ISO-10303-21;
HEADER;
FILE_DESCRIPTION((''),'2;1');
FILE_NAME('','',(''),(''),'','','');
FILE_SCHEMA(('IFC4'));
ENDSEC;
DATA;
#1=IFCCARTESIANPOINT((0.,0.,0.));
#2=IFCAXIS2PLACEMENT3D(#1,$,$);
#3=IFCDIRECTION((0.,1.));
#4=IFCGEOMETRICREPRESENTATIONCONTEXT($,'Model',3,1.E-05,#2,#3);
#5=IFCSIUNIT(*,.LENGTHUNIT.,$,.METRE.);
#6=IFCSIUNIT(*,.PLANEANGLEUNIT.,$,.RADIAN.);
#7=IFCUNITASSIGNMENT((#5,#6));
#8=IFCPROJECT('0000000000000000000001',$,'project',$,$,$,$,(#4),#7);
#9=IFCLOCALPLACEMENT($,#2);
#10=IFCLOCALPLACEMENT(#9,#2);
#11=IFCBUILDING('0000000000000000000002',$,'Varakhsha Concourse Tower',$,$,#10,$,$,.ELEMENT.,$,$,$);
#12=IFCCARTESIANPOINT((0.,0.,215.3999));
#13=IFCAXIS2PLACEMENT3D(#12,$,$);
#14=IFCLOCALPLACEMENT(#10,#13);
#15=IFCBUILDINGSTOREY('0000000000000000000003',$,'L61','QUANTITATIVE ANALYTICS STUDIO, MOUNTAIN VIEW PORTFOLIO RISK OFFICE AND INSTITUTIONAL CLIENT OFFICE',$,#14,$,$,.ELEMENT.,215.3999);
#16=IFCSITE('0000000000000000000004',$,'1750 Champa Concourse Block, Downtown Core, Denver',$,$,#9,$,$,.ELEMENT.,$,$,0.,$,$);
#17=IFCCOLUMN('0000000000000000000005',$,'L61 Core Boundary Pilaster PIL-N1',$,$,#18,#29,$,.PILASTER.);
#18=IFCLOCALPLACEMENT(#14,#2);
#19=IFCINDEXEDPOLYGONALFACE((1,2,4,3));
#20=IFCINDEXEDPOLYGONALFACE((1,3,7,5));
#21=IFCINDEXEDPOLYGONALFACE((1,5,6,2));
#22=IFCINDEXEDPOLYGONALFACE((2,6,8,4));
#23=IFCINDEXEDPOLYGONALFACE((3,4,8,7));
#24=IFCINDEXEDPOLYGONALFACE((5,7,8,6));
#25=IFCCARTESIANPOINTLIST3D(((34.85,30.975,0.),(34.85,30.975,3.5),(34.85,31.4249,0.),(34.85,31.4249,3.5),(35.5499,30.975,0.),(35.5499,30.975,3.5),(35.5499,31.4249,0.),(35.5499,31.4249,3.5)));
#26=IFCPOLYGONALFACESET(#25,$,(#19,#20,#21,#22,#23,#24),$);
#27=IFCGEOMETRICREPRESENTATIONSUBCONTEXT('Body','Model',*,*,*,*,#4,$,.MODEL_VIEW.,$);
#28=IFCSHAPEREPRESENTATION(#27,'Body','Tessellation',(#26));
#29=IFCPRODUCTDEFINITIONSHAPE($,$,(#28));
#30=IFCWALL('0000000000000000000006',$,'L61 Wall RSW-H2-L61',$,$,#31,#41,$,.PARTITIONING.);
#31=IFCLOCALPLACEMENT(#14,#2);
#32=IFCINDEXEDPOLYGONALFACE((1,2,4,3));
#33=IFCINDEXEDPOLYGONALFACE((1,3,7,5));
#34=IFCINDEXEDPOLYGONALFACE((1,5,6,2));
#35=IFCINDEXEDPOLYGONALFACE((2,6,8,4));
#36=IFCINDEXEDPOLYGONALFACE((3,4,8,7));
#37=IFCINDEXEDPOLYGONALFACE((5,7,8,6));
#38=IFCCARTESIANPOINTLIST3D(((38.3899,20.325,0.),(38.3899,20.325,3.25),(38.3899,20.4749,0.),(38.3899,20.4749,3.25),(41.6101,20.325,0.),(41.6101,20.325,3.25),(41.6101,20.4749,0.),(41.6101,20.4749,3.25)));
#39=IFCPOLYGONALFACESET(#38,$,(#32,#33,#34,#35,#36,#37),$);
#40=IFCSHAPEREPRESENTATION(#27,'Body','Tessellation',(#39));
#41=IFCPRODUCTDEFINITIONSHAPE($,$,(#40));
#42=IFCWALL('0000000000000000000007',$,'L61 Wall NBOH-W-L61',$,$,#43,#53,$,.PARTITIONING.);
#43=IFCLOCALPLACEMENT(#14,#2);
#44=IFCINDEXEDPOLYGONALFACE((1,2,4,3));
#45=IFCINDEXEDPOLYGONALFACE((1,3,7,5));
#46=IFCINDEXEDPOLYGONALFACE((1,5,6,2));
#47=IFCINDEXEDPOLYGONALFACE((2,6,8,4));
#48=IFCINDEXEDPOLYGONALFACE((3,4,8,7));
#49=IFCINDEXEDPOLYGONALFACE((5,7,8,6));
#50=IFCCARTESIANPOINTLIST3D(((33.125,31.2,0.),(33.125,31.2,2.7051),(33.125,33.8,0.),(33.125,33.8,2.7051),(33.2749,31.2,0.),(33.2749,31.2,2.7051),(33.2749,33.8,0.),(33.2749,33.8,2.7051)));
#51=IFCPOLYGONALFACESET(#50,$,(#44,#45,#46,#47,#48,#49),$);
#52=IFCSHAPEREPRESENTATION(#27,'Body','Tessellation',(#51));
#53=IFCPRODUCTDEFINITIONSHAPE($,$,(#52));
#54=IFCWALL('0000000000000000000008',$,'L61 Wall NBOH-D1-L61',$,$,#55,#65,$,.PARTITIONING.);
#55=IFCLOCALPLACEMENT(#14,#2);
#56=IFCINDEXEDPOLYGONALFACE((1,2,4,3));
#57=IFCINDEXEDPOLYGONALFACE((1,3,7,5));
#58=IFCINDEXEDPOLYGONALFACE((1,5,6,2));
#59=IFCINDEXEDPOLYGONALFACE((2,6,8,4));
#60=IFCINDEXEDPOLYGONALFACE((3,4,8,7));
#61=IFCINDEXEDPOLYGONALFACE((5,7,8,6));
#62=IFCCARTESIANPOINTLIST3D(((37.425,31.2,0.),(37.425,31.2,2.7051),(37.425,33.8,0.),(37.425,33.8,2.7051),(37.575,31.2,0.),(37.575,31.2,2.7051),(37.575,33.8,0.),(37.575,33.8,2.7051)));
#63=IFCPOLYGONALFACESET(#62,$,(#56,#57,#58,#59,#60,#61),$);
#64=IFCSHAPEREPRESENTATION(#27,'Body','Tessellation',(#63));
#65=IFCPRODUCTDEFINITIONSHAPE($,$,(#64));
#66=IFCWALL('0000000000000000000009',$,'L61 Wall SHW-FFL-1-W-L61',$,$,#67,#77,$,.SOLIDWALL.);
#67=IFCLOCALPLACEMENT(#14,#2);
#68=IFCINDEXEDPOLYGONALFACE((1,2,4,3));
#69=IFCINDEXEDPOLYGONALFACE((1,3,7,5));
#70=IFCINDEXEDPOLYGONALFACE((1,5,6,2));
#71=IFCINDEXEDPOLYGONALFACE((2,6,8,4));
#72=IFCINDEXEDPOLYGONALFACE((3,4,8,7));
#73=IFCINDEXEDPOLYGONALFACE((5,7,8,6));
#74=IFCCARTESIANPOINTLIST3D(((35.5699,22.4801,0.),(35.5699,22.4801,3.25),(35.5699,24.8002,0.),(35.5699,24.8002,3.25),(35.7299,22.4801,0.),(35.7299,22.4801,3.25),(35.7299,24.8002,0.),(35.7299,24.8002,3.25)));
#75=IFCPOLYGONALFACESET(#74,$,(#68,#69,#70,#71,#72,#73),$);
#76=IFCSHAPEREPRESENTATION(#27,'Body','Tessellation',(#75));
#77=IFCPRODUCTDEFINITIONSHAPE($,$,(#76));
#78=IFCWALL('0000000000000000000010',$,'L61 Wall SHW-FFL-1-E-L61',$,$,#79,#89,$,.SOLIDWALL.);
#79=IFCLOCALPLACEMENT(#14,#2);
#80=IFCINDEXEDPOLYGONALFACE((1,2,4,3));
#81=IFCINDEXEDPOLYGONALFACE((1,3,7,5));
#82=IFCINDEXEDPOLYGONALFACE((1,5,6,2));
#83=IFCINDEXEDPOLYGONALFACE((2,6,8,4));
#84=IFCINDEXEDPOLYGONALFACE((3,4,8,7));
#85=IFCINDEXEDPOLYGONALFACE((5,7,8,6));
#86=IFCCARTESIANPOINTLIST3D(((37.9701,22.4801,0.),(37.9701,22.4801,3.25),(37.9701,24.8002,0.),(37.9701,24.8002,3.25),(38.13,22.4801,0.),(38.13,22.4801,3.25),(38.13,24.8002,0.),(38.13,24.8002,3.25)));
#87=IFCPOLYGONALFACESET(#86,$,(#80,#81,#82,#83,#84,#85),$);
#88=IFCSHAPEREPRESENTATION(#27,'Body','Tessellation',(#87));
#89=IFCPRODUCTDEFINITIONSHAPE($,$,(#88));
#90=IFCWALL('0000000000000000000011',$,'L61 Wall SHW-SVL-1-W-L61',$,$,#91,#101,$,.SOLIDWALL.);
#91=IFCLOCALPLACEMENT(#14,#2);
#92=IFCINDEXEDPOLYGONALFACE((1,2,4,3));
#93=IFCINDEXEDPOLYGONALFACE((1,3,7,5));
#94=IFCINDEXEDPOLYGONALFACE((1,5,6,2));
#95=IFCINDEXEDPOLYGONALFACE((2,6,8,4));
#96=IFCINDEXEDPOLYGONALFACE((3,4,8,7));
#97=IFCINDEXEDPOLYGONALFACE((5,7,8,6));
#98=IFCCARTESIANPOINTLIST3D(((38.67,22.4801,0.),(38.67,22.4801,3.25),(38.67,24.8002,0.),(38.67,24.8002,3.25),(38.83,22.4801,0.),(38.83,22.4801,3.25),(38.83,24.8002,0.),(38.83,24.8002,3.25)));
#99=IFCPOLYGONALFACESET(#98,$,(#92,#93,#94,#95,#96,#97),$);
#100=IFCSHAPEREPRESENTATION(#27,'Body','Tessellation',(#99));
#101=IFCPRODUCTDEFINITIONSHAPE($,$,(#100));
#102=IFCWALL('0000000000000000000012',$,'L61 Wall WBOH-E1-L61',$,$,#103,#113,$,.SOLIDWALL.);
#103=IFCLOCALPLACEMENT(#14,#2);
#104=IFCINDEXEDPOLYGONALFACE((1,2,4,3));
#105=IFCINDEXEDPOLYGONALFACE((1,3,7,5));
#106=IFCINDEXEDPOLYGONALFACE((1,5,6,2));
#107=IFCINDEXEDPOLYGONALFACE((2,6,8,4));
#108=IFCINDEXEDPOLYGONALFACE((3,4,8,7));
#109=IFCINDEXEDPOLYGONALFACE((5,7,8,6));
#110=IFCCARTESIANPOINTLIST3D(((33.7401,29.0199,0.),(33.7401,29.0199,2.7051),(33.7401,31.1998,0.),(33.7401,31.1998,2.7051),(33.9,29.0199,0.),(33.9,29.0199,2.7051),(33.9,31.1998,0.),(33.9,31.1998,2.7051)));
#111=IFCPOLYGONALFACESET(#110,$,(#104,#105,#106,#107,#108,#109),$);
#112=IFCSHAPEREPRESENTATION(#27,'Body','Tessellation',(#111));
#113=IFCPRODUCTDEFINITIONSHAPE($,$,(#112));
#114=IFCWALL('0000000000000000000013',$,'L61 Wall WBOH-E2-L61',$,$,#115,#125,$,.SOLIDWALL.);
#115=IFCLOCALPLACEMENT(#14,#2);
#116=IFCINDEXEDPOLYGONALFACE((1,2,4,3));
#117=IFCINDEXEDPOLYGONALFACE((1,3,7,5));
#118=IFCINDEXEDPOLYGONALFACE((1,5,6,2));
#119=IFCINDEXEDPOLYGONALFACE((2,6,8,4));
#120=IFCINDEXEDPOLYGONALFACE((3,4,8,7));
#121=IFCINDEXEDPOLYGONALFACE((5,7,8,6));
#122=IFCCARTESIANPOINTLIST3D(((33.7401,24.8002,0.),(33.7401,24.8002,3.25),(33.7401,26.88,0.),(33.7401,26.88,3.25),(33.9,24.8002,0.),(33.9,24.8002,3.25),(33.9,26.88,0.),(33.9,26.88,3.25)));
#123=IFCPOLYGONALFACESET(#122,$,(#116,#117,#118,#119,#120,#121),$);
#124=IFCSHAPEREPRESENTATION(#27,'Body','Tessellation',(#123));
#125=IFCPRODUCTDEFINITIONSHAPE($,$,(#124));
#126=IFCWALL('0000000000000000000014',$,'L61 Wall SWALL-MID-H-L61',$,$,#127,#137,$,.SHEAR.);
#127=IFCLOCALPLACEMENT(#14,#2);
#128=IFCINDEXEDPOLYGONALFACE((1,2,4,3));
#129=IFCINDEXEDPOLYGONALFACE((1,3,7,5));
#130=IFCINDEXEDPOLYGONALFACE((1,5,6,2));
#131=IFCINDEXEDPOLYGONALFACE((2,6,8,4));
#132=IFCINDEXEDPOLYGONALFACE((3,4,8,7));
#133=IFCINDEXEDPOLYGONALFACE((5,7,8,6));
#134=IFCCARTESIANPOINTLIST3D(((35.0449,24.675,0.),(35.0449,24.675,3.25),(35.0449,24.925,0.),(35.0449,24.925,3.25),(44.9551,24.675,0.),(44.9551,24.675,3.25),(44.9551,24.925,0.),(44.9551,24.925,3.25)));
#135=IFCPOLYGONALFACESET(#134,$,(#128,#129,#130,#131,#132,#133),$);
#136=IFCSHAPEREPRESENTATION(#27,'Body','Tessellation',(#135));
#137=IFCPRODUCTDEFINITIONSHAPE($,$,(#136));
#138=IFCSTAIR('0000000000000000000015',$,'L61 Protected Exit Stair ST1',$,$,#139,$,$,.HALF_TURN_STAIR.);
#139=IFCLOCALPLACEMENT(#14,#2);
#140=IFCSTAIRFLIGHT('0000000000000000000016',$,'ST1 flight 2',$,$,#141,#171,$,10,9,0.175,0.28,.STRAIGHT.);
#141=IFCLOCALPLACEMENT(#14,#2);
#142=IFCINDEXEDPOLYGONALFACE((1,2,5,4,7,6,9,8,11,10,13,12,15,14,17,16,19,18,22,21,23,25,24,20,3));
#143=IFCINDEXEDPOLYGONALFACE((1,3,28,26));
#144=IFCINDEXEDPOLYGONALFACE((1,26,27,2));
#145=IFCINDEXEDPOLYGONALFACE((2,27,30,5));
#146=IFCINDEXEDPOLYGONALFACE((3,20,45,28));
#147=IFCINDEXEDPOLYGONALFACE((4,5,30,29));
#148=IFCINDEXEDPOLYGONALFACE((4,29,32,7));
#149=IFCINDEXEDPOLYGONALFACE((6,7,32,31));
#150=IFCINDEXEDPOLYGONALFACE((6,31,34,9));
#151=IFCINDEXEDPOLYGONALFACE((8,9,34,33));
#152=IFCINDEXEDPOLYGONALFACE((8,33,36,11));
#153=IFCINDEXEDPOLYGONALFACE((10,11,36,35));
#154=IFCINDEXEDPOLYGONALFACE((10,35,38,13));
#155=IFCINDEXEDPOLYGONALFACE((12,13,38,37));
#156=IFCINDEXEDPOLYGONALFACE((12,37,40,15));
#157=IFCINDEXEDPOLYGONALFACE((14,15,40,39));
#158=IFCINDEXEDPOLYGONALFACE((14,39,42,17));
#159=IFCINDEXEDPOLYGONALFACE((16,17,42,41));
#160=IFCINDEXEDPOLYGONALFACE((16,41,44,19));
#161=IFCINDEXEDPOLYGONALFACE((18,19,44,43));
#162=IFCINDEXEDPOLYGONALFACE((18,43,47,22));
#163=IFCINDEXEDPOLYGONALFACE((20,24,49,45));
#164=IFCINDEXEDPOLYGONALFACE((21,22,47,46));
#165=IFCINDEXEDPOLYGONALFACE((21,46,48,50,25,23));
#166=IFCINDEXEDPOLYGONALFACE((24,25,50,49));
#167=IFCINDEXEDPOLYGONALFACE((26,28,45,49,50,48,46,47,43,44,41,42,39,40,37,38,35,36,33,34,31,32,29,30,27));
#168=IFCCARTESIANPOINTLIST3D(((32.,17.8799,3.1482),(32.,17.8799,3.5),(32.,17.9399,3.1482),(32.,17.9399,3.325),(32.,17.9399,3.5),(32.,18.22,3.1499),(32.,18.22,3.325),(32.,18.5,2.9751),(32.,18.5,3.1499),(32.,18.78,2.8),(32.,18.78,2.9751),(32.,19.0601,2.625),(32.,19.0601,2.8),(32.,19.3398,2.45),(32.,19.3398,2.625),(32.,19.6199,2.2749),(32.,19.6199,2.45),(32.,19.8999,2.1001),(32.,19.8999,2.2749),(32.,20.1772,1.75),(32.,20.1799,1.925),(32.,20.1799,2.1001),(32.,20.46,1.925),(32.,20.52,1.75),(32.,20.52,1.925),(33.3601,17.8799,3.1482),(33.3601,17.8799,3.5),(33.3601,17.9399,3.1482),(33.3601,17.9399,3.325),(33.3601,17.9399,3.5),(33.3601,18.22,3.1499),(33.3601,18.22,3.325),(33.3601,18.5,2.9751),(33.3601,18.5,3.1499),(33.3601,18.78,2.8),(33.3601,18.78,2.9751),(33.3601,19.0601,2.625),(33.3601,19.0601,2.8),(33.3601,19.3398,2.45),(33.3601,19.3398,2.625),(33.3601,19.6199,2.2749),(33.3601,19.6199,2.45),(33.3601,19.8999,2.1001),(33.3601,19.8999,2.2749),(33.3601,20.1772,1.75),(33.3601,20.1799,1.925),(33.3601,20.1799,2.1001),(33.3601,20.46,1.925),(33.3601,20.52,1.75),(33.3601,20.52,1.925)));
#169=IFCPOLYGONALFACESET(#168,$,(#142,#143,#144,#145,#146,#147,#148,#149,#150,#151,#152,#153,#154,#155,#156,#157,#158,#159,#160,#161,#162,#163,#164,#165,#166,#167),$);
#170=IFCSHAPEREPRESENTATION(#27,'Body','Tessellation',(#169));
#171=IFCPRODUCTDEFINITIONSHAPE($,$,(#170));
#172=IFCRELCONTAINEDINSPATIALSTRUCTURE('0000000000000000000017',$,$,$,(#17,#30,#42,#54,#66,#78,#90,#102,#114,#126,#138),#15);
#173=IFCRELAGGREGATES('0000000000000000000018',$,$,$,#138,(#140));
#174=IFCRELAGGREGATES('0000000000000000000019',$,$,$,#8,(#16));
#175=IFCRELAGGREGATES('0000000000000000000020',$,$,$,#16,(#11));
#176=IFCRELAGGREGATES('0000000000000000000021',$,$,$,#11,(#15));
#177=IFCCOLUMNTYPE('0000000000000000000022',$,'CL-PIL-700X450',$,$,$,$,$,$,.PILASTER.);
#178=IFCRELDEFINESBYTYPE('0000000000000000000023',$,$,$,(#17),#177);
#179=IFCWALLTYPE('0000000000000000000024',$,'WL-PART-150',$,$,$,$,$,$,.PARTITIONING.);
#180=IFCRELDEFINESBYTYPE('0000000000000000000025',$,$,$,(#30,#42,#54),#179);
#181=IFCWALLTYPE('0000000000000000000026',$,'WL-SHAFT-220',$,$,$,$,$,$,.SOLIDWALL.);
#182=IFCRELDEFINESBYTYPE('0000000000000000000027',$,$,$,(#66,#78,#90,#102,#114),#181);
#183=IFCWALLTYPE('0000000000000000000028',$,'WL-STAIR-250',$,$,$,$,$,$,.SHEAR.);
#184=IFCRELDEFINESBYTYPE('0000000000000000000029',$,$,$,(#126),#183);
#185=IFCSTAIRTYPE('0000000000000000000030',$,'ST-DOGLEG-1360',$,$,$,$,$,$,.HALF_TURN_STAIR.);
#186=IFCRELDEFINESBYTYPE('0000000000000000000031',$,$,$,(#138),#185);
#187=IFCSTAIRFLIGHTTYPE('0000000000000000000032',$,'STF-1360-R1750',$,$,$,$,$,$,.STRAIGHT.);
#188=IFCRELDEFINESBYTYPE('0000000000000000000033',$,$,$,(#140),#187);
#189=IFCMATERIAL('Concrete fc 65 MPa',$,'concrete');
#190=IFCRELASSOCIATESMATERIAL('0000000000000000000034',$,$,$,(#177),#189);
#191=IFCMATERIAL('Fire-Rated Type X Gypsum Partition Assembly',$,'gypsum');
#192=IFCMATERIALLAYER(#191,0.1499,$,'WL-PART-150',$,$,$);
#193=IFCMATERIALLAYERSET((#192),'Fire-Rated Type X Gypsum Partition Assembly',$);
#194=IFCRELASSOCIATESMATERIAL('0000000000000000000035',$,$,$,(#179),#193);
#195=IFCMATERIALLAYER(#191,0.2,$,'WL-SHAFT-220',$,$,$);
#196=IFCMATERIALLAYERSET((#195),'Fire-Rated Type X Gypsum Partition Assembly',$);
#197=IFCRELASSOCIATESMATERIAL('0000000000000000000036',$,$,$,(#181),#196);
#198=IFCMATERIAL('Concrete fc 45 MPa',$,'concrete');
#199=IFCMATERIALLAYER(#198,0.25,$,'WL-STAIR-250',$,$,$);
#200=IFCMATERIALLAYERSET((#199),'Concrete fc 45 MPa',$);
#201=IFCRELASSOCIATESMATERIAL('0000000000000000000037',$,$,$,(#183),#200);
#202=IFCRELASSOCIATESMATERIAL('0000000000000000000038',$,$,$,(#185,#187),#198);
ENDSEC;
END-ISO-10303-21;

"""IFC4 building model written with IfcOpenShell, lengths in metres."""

from ifc_helpers import new_model, si_unit, direction, frame, frame_2d, origin, origin_2d, place, context, subcontext, project, spatial, polyline, rectangle, outline, extrude, material, layer, layer_set, material_profile, profile_set, type_object, element, aggregate, save


model = new_model("IFC4")

# Units and contexts
model_context = context("Model", 3, precision=1e-05, world=origin(), true_north=direction((0.0, 1.0)))
body_context = subcontext(model_context, "Body", "Model", "MODEL_VIEW")
ifc_project = project(units=[si_unit("LENGTHUNIT", "METRE"), si_unit("PLANEANGLEUNIT", "RADIAN")], contexts=[model_context])

# Site, building, storey
site_placement = place(None, origin())
site = spatial("IfcSite", under=ifc_project, at=site_placement, Name="1750 Champa Concourse Block, Downtown Core, Denver", CompositionType="ELEMENT", RefElevation=0.0)
building_placement = place(site_placement, origin())
building = spatial("IfcBuilding", under=site, at=building_placement, Name="Varakhsha Concourse Tower", CompositionType="ELEMENT")
storey_placement = place(building_placement, frame((0.0, 0.0, 215.3999)))
storey = spatial("IfcBuildingStorey", under=building, at=storey_placement, Name="L61", Description="QUANTITATIVE ANALYTICS STUDIO, MOUNTAIN VIEW PORTFOLIO RISK OFFICE AND INSTITUTIONAL CLIENT OFFICE", CompositionType="ELEMENT", Elevation=215.3999)

# Column
ifc_material_1 = material(Name="Concrete fc 65 MPa", Category="concrete")
ifc_material_profile = material_profile(ifc_material_1, rectangle(XDim=0.7, YDim=0.45, at=origin_2d()), Name="RC 700x450")
ifc_profile_set = profile_set([ifc_material_profile], Name="Concrete fc 65 MPa")
column_type = type_object("IfcColumnType", Name="CL-PIL-700X450", PredefinedType="PILASTER", material=ifc_profile_set)
column_placement = place(storey_placement, frame((35.2, 31.2, 0.0), z_axis=(0.0, 0.0, 1.0), x_axis=(1.0, 0.0, 0.0)))
element("IfcColumn", 1, at=column_placement, inside=storey, type_object=column_type, Name="L61 Core Boundary Pilaster PIL-N1", PredefinedType="PILASTER", context=body_context, shape_type="SweptSolid", body=[
    extrude(rectangle(XDim=0.7, YDim=0.45, at=origin_2d()), origin(), (0.0, 0.0, 1.0), 3.5),
])

# Walls
ifc_material_2 = material(Name="Fire-Rated Type X Gypsum Partition Assembly", Category="gypsum")
ifc_layer_1 = layer(ifc_material_2, 0.1499, Name="WL-PART-150")
ifc_layer_set_1 = layer_set([ifc_layer_1], Name="Fire-Rated Type X Gypsum Partition Assembly")
wall_type_1 = type_object("IfcWallType", Name="WL-PART-150", PredefinedType="PARTITIONING", material=ifc_layer_set_1)
wall_1_placement = place(storey_placement, frame((38.3899, 20.3999, 0.0), z_axis=(0.0, 0.0, 1.0), x_axis=(1.0, 0.0, 0.0)))
element("IfcWall", 2, at=wall_1_placement, inside=storey, type_object=wall_type_1, Name="L61 Wall RSW-H2-L61", PredefinedType="PARTITIONING", context=body_context, shape_type="SweptSolid", body=[
    extrude(rectangle(XDim=3.2202, YDim=0.1499, at=frame_2d((1.6101, 0.0))), origin(), (0.0, 0.0, 1.0), 3.25),
])
for number, where, z_axis, x_axis, name in (
    (3, (33.2, 31.2, 0.0), (0.0, 0.0, 1.0), (0.0, 1.0, 0.0), "L61 Wall NBOH-W-L61"),
    (4, (37.5, 31.2, 0.0), (0.0, 0.0, 1.0), (0.0, 1.0, 0.0), "L61 Wall NBOH-D1-L61"),
):
    element("IfcWall", number, at=place(storey_placement, frame(where, z_axis=z_axis, x_axis=x_axis)), inside=storey, type_object=wall_type_1, Name=name, PredefinedType="PARTITIONING", context=body_context, shape_type="SweptSolid", body=[
        extrude(rectangle(XDim=2.6001, YDim=0.1499, at=frame_2d((1.3, 0.0))), origin(), (0.0, 0.0, 1.0), 2.7051),
    ])

# Shared definitions
ifc_layer_2 = layer(ifc_material_2, 0.2, Name="WL-SHAFT-220")
ifc_layer_set_2 = layer_set([ifc_layer_2], Name="Fire-Rated Type X Gypsum Partition Assembly")
wall_type_2 = type_object("IfcWallType", Name="WL-SHAFT-220", PredefinedType="SOLIDWALL", material=ifc_layer_set_2)

# Walls
for number, where, z_axis, x_axis, name in (
    (5, (35.6499, 22.48, 0.0), (0.0, 0.0, 1.0), (0.0, 1.0, 0.0), "L61 Wall SHW-FFL-1-W-L61"),
    (6, (38.05, 22.48, 0.0), (0.0, 0.0, 1.0), (0.0, 1.0, 0.0), "L61 Wall SHW-FFL-1-E-L61"),
    (7, (38.75, 22.48, 0.0), (0.0, 0.0, 1.0), (0.0, 1.0, 0.0), "L61 Wall SHW-SVL-1-W-L61"),
):
    element("IfcWall", number, at=place(storey_placement, frame(where, z_axis=z_axis, x_axis=x_axis)), inside=storey, type_object=wall_type_2, Name=name, PredefinedType="SOLIDWALL", context=body_context, shape_type="SweptSolid", body=[
        extrude(rectangle(XDim=2.3201, YDim=0.1599, at=frame_2d((1.1602, 0.0))), origin(), (0.0, 0.0, 1.0), 3.25),
    ])
wall_2_placement = place(storey_placement, frame((33.8201, 29.02, 0.0), z_axis=(0.0, 0.0, 1.0), x_axis=(0.0, 1.0, 0.0)))
element("IfcWall", 8, at=wall_2_placement, inside=storey, type_object=wall_type_2, Name="L61 Wall WBOH-E1-L61", PredefinedType="SOLIDWALL", context=body_context, shape_type="SweptSolid", body=[
    extrude(rectangle(XDim=2.1799, YDim=0.1599, at=frame_2d((1.0898, 0.0))), origin(), (0.0, 0.0, 1.0), 2.7051),
])
wall_3_placement = place(storey_placement, frame((33.8201, 24.8, 0.0), z_axis=(0.0, 0.0, 1.0), x_axis=(0.0, 1.0, 0.0)))
element("IfcWall", 9, at=wall_3_placement, inside=storey, type_object=wall_type_2, Name="L61 Wall WBOH-E2-L61", PredefinedType="SOLIDWALL", context=body_context, shape_type="SweptSolid", body=[
    extrude(rectangle(XDim=2.0798, YDim=0.1599, at=frame_2d((1.04, 0.0))), origin(), (0.0, 0.0, 1.0), 3.25),
])
ifc_material_3 = material(Name="Concrete fc 45 MPa", Category="concrete")
ifc_layer_3 = layer(ifc_material_3, 0.25, Name="WL-STAIR-250")
ifc_layer_set_3 = layer_set([ifc_layer_3], Name="Concrete fc 45 MPa")
wall_type_3 = type_object("IfcWallType", Name="WL-STAIR-250", PredefinedType="SHEAR", material=ifc_layer_set_3)
wall_4_placement = place(storey_placement, frame((35.0449, 24.8, 0.0), z_axis=(0.0, 0.0, 1.0), x_axis=(1.0, 0.0, 0.0)))
element("IfcWall", 10, at=wall_4_placement, inside=storey, type_object=wall_type_3, Name="L61 Wall SWALL-MID-H-L61", PredefinedType="SHEAR", context=body_context, shape_type="SweptSolid", body=[
    extrude(rectangle(XDim=9.9102, YDim=0.25, at=frame_2d((4.9551, 0.0))), origin(), (0.0, 0.0, 1.0), 3.25),
])

# Stair, stair flight
stair_type = type_object("IfcStairType", Name="ST-DOGLEG-1360", PredefinedType="HALF_TURN_STAIR", material=ifc_material_3)
stair_placement = place(storey_placement, origin())
stair = element("IfcStair", 11, at=stair_placement, inside=storey, type_object=stair_type, Name="L61 Protected Exit Stair ST1", PredefinedType="HALF_TURN_STAIR")
stair_flight_type = type_object("IfcStairFlightType", Name="STF-1360-R1750", PredefinedType="STRAIGHT", material=ifc_material_3)
stair_flight_placement = place(storey_placement, frame((32.6799, 20.46, 1.75), z_axis=(0.0, 0.0, 1.0), x_axis=(0.0, -1.0, 0.0)))
stair_flight = element("IfcStairFlight", 12, at=stair_flight_placement, type_object=stair_flight_type, Name="ST1 flight 2", NumberOfRisers=10, NumberOfTreads=9, PredefinedType="STRAIGHT", RiserHeight=0.175, TreadLength=0.28, context=body_context, shape_type="SweptSolid", body=[
    extrude(outline(polyline([(-0.0601, 0.0), (-0.0601, 0.175), (0.0, 0.175), (0.28, 0.175), (0.28, 0.3501), (0.5601, 0.3501), (0.5601, 0.5249), (0.8401, 0.5249), (0.8401, 0.7), (1.1201, 0.7), (1.1201, 0.875), (1.3999, 0.875), (1.3999, 1.05), (1.6799, 1.05), (1.6799, 1.2251), (1.96, 1.2251), (1.96, 1.3999), (2.24, 1.3999), (2.24, 1.575), (2.52, 1.575), (2.52, 1.75), (2.5801, 1.75), (2.5801, 1.3982), (2.52, 1.3982), (0.2827, 0.0), (-0.0601, 0.0)])), frame((0.0, 0.6802, 0.0), z_axis=(0.0, -1.0, 0.0), x_axis=(1.0, 0.0, 0.0)), (0.0, 0.0, 1.0), 1.3601),
])
aggregate(stair, [stair_flight])

save(model, "model.ifc")
